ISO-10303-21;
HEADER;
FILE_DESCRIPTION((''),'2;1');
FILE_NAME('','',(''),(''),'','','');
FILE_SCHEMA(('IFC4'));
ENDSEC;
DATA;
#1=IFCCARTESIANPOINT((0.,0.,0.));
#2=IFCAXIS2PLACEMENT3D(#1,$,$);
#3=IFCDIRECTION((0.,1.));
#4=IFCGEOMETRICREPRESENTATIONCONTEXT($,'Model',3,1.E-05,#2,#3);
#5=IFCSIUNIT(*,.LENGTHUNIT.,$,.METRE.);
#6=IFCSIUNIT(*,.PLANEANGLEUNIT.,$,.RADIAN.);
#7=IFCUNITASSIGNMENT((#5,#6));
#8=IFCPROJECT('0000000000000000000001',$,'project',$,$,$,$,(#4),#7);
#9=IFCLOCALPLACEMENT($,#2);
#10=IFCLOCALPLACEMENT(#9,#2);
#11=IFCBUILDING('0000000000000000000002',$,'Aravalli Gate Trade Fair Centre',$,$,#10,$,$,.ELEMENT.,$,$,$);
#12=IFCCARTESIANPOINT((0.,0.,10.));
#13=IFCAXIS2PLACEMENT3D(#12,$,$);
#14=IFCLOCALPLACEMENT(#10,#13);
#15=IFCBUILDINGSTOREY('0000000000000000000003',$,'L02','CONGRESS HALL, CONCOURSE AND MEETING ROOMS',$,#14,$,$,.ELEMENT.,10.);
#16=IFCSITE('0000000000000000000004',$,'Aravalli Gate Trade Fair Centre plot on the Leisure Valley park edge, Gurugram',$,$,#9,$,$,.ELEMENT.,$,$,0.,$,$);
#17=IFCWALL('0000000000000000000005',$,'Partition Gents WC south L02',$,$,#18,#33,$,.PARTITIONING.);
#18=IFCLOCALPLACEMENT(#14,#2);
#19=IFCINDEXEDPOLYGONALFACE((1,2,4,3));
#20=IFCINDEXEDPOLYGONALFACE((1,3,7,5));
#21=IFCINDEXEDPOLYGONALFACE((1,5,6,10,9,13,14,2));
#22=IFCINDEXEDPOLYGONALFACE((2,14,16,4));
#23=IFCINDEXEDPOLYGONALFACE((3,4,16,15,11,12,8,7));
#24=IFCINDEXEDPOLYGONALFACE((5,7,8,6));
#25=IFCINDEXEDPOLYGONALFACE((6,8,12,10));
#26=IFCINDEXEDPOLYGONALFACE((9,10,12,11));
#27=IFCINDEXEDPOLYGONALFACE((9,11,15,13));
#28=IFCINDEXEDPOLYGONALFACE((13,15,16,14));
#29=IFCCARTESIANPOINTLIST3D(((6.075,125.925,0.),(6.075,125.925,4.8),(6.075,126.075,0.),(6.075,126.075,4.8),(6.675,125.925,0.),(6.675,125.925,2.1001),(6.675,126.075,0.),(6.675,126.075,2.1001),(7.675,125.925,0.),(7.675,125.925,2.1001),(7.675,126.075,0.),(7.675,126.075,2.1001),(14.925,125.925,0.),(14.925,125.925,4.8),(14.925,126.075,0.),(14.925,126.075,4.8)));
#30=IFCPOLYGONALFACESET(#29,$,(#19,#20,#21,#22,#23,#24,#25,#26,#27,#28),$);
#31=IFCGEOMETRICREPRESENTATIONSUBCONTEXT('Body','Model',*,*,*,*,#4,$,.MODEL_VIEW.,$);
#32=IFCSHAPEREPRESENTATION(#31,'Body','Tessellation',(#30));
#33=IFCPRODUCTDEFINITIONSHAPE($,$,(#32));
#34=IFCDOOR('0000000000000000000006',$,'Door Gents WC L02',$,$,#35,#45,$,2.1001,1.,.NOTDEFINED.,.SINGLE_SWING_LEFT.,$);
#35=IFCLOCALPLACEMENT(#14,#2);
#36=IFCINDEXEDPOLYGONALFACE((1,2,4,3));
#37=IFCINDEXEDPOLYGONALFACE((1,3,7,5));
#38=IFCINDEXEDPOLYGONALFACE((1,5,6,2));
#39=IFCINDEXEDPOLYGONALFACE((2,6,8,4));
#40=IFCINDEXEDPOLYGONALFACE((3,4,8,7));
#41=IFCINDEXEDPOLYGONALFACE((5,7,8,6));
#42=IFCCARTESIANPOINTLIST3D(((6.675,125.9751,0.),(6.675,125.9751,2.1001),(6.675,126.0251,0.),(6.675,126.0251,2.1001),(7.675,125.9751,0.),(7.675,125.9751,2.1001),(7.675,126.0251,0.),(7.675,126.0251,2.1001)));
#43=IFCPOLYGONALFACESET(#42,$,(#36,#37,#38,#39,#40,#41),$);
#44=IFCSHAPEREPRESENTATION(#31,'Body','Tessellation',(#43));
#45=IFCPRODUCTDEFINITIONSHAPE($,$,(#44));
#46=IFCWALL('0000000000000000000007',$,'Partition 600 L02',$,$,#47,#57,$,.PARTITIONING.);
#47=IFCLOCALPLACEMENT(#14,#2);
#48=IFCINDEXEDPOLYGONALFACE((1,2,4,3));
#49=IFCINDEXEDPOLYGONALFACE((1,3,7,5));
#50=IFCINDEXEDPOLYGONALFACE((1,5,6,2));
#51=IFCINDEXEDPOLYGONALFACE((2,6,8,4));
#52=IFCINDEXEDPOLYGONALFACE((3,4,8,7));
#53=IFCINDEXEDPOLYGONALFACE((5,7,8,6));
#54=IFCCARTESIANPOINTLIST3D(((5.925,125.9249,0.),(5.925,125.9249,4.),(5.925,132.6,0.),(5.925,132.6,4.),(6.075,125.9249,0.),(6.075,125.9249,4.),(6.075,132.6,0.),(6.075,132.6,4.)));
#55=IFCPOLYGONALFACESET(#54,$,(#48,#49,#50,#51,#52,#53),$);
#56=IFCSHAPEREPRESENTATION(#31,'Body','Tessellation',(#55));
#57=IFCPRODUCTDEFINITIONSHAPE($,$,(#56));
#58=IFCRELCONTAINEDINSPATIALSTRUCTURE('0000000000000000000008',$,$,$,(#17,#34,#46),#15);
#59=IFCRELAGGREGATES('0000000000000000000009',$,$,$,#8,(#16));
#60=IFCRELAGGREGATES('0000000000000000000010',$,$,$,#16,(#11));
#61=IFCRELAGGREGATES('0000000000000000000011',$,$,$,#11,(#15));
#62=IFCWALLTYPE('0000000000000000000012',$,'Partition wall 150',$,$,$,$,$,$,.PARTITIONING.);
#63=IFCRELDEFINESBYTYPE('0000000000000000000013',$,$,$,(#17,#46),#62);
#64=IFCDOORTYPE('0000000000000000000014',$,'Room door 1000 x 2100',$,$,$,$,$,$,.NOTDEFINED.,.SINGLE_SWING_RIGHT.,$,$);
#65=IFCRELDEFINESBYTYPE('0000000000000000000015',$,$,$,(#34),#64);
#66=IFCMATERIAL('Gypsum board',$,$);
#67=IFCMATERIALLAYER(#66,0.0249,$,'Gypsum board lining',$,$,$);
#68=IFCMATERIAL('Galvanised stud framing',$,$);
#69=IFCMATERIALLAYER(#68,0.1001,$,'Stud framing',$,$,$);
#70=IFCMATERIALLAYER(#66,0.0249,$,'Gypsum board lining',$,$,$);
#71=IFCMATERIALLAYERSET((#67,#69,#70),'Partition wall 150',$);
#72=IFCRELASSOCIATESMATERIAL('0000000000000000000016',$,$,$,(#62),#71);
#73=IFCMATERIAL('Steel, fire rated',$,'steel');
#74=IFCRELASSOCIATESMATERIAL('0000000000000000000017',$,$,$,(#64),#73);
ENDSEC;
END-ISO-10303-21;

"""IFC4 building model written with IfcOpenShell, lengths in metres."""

from ifc_helpers import new_model, si_unit, direction, frame, frame_2d, origin, place, context, subcontext, project, spatial, rectangle, extrude, material, layer, layer_set, type_object, element, fill, save


model = new_model("IFC4")

# Units and contexts
model_context = context("Model", 3, precision=1e-05, world=origin(), true_north=direction((0.0, 1.0)))
body_context = subcontext(model_context, "Body", "Model", "MODEL_VIEW")
ifc_project = project(units=[si_unit("LENGTHUNIT", "METRE"), si_unit("PLANEANGLEUNIT", "RADIAN")], contexts=[model_context])

# Site, building, storey
site_placement = place(None, origin())
site = spatial("IfcSite", under=ifc_project, at=site_placement, Name="Aravalli Gate Trade Fair Centre plot on the Leisure Valley park edge, Gurugram", CompositionType="ELEMENT", RefElevation=0.0)
building_placement = place(site_placement, origin())
building = spatial("IfcBuilding", under=site, at=building_placement, Name="Aravalli Gate Trade Fair Centre", CompositionType="ELEMENT")
storey_placement = place(building_placement, frame((0.0, 0.0, 10.0)))
storey = spatial("IfcBuildingStorey", under=building, at=storey_placement, Name="L02", Description="CONGRESS HALL, CONCOURSE AND MEETING ROOMS", CompositionType="ELEMENT", Elevation=10.0)

# Wall, opening, door
ifc_material_1 = material(Name="Gypsum board")
ifc_layer_1 = layer(ifc_material_1, 0.0249, Name="Gypsum board lining")
ifc_material_2 = material(Name="Galvanised stud framing")
ifc_layer_2 = layer(ifc_material_2, 0.1001, Name="Stud framing")
ifc_layer_3 = layer(ifc_material_1, 0.0249, Name="Gypsum board lining")
ifc_layer_set_1 = layer_set([ifc_layer_1, ifc_layer_2, ifc_layer_3], Name="Partition wall 150")
wall_type = type_object("IfcWallType", Name="Partition wall 150", PredefinedType="PARTITIONING", material=ifc_layer_set_1)
wall_1_placement = place(storey_placement, frame((6.075, 126.0, 0.0), z_axis=(0.0, 0.0, 1.0), x_axis=(1.0, 0.0, 0.0)))
wall_1 = element("IfcWall", 1, at=wall_1_placement, inside=storey, type_object=wall_type, Name="Partition Gents WC south L02", PredefinedType="PARTITIONING", context=body_context, shape_type="SweptSolid", body=[
    extrude(rectangle(XDim=8.8501, YDim=0.1499, at=frame_2d((4.425, 0.0))), origin(), (0.0, 0.0, 1.0), 4.8),
])
opening_placement = place(wall_1_placement, frame((0.6001, 0.0, 0.0)))
opening = element("IfcOpeningElement", 2, at=opening_placement, cuts=wall_1, PredefinedType="OPENING", context=body_context, shape_type="SweptSolid", body=[
    extrude(rectangle(XDim=1.0, YDim=2.1001, at=frame_2d((0.5, 1.05))), frame((0.0, 0.085, 0.0), z_axis=(0.0, -1.0, 0.0), x_axis=(1.0, 0.0, 0.0)), (0.0, 0.0, 1.0), 0.1699),
])
ifc_material_3 = material(Name="Steel, fire rated", Category="steel")
door_type = type_object("IfcDoorType", Name="Room door 1000 x 2100", OperationType="SINGLE_SWING_RIGHT", PredefinedType="NOTDEFINED", material=ifc_material_3)
door_placement = place(opening_placement, frame((1.0, 0.0, 0.0), z_axis=(0.0, 0.0, 1.0), x_axis=(-1.0, 0.0, 0.0)))
door = element("IfcDoor", 3, at=door_placement, inside=storey, type_object=door_type, Name="Door Gents WC L02", OperationType="SINGLE_SWING_LEFT", OverallHeight=2.1001, OverallWidth=1.0, PredefinedType="NOTDEFINED", context=body_context, shape_type="SweptSolid", body=[
    extrude(rectangle(XDim=1.0, YDim=2.1001, at=frame_2d((0.5, 1.05))), frame((0.0, 0.0249, 0.0), z_axis=(0.0, -1.0, 0.0), x_axis=(1.0, 0.0, 0.0)), (0.0, 0.0, 1.0), 0.05),
])
fill(opening, door)

# Wall
wall_2_placement = place(storey_placement, frame((6.0, 125.925, 0.0), z_axis=(0.0, 0.0, 1.0), x_axis=(0.0, 1.0, 0.0)))
element("IfcWall", 4, at=wall_2_placement, inside=storey, type_object=wall_type, Name="Partition 600 L02", PredefinedType="PARTITIONING", context=body_context, shape_type="SweptSolid", body=[
    extrude(rectangle(XDim=6.675, YDim=0.1499, at=frame_2d((3.3374, 0.0))), origin(), (0.0, 0.0, 1.0), 4.0),
])

save(model, "model.ifc")
